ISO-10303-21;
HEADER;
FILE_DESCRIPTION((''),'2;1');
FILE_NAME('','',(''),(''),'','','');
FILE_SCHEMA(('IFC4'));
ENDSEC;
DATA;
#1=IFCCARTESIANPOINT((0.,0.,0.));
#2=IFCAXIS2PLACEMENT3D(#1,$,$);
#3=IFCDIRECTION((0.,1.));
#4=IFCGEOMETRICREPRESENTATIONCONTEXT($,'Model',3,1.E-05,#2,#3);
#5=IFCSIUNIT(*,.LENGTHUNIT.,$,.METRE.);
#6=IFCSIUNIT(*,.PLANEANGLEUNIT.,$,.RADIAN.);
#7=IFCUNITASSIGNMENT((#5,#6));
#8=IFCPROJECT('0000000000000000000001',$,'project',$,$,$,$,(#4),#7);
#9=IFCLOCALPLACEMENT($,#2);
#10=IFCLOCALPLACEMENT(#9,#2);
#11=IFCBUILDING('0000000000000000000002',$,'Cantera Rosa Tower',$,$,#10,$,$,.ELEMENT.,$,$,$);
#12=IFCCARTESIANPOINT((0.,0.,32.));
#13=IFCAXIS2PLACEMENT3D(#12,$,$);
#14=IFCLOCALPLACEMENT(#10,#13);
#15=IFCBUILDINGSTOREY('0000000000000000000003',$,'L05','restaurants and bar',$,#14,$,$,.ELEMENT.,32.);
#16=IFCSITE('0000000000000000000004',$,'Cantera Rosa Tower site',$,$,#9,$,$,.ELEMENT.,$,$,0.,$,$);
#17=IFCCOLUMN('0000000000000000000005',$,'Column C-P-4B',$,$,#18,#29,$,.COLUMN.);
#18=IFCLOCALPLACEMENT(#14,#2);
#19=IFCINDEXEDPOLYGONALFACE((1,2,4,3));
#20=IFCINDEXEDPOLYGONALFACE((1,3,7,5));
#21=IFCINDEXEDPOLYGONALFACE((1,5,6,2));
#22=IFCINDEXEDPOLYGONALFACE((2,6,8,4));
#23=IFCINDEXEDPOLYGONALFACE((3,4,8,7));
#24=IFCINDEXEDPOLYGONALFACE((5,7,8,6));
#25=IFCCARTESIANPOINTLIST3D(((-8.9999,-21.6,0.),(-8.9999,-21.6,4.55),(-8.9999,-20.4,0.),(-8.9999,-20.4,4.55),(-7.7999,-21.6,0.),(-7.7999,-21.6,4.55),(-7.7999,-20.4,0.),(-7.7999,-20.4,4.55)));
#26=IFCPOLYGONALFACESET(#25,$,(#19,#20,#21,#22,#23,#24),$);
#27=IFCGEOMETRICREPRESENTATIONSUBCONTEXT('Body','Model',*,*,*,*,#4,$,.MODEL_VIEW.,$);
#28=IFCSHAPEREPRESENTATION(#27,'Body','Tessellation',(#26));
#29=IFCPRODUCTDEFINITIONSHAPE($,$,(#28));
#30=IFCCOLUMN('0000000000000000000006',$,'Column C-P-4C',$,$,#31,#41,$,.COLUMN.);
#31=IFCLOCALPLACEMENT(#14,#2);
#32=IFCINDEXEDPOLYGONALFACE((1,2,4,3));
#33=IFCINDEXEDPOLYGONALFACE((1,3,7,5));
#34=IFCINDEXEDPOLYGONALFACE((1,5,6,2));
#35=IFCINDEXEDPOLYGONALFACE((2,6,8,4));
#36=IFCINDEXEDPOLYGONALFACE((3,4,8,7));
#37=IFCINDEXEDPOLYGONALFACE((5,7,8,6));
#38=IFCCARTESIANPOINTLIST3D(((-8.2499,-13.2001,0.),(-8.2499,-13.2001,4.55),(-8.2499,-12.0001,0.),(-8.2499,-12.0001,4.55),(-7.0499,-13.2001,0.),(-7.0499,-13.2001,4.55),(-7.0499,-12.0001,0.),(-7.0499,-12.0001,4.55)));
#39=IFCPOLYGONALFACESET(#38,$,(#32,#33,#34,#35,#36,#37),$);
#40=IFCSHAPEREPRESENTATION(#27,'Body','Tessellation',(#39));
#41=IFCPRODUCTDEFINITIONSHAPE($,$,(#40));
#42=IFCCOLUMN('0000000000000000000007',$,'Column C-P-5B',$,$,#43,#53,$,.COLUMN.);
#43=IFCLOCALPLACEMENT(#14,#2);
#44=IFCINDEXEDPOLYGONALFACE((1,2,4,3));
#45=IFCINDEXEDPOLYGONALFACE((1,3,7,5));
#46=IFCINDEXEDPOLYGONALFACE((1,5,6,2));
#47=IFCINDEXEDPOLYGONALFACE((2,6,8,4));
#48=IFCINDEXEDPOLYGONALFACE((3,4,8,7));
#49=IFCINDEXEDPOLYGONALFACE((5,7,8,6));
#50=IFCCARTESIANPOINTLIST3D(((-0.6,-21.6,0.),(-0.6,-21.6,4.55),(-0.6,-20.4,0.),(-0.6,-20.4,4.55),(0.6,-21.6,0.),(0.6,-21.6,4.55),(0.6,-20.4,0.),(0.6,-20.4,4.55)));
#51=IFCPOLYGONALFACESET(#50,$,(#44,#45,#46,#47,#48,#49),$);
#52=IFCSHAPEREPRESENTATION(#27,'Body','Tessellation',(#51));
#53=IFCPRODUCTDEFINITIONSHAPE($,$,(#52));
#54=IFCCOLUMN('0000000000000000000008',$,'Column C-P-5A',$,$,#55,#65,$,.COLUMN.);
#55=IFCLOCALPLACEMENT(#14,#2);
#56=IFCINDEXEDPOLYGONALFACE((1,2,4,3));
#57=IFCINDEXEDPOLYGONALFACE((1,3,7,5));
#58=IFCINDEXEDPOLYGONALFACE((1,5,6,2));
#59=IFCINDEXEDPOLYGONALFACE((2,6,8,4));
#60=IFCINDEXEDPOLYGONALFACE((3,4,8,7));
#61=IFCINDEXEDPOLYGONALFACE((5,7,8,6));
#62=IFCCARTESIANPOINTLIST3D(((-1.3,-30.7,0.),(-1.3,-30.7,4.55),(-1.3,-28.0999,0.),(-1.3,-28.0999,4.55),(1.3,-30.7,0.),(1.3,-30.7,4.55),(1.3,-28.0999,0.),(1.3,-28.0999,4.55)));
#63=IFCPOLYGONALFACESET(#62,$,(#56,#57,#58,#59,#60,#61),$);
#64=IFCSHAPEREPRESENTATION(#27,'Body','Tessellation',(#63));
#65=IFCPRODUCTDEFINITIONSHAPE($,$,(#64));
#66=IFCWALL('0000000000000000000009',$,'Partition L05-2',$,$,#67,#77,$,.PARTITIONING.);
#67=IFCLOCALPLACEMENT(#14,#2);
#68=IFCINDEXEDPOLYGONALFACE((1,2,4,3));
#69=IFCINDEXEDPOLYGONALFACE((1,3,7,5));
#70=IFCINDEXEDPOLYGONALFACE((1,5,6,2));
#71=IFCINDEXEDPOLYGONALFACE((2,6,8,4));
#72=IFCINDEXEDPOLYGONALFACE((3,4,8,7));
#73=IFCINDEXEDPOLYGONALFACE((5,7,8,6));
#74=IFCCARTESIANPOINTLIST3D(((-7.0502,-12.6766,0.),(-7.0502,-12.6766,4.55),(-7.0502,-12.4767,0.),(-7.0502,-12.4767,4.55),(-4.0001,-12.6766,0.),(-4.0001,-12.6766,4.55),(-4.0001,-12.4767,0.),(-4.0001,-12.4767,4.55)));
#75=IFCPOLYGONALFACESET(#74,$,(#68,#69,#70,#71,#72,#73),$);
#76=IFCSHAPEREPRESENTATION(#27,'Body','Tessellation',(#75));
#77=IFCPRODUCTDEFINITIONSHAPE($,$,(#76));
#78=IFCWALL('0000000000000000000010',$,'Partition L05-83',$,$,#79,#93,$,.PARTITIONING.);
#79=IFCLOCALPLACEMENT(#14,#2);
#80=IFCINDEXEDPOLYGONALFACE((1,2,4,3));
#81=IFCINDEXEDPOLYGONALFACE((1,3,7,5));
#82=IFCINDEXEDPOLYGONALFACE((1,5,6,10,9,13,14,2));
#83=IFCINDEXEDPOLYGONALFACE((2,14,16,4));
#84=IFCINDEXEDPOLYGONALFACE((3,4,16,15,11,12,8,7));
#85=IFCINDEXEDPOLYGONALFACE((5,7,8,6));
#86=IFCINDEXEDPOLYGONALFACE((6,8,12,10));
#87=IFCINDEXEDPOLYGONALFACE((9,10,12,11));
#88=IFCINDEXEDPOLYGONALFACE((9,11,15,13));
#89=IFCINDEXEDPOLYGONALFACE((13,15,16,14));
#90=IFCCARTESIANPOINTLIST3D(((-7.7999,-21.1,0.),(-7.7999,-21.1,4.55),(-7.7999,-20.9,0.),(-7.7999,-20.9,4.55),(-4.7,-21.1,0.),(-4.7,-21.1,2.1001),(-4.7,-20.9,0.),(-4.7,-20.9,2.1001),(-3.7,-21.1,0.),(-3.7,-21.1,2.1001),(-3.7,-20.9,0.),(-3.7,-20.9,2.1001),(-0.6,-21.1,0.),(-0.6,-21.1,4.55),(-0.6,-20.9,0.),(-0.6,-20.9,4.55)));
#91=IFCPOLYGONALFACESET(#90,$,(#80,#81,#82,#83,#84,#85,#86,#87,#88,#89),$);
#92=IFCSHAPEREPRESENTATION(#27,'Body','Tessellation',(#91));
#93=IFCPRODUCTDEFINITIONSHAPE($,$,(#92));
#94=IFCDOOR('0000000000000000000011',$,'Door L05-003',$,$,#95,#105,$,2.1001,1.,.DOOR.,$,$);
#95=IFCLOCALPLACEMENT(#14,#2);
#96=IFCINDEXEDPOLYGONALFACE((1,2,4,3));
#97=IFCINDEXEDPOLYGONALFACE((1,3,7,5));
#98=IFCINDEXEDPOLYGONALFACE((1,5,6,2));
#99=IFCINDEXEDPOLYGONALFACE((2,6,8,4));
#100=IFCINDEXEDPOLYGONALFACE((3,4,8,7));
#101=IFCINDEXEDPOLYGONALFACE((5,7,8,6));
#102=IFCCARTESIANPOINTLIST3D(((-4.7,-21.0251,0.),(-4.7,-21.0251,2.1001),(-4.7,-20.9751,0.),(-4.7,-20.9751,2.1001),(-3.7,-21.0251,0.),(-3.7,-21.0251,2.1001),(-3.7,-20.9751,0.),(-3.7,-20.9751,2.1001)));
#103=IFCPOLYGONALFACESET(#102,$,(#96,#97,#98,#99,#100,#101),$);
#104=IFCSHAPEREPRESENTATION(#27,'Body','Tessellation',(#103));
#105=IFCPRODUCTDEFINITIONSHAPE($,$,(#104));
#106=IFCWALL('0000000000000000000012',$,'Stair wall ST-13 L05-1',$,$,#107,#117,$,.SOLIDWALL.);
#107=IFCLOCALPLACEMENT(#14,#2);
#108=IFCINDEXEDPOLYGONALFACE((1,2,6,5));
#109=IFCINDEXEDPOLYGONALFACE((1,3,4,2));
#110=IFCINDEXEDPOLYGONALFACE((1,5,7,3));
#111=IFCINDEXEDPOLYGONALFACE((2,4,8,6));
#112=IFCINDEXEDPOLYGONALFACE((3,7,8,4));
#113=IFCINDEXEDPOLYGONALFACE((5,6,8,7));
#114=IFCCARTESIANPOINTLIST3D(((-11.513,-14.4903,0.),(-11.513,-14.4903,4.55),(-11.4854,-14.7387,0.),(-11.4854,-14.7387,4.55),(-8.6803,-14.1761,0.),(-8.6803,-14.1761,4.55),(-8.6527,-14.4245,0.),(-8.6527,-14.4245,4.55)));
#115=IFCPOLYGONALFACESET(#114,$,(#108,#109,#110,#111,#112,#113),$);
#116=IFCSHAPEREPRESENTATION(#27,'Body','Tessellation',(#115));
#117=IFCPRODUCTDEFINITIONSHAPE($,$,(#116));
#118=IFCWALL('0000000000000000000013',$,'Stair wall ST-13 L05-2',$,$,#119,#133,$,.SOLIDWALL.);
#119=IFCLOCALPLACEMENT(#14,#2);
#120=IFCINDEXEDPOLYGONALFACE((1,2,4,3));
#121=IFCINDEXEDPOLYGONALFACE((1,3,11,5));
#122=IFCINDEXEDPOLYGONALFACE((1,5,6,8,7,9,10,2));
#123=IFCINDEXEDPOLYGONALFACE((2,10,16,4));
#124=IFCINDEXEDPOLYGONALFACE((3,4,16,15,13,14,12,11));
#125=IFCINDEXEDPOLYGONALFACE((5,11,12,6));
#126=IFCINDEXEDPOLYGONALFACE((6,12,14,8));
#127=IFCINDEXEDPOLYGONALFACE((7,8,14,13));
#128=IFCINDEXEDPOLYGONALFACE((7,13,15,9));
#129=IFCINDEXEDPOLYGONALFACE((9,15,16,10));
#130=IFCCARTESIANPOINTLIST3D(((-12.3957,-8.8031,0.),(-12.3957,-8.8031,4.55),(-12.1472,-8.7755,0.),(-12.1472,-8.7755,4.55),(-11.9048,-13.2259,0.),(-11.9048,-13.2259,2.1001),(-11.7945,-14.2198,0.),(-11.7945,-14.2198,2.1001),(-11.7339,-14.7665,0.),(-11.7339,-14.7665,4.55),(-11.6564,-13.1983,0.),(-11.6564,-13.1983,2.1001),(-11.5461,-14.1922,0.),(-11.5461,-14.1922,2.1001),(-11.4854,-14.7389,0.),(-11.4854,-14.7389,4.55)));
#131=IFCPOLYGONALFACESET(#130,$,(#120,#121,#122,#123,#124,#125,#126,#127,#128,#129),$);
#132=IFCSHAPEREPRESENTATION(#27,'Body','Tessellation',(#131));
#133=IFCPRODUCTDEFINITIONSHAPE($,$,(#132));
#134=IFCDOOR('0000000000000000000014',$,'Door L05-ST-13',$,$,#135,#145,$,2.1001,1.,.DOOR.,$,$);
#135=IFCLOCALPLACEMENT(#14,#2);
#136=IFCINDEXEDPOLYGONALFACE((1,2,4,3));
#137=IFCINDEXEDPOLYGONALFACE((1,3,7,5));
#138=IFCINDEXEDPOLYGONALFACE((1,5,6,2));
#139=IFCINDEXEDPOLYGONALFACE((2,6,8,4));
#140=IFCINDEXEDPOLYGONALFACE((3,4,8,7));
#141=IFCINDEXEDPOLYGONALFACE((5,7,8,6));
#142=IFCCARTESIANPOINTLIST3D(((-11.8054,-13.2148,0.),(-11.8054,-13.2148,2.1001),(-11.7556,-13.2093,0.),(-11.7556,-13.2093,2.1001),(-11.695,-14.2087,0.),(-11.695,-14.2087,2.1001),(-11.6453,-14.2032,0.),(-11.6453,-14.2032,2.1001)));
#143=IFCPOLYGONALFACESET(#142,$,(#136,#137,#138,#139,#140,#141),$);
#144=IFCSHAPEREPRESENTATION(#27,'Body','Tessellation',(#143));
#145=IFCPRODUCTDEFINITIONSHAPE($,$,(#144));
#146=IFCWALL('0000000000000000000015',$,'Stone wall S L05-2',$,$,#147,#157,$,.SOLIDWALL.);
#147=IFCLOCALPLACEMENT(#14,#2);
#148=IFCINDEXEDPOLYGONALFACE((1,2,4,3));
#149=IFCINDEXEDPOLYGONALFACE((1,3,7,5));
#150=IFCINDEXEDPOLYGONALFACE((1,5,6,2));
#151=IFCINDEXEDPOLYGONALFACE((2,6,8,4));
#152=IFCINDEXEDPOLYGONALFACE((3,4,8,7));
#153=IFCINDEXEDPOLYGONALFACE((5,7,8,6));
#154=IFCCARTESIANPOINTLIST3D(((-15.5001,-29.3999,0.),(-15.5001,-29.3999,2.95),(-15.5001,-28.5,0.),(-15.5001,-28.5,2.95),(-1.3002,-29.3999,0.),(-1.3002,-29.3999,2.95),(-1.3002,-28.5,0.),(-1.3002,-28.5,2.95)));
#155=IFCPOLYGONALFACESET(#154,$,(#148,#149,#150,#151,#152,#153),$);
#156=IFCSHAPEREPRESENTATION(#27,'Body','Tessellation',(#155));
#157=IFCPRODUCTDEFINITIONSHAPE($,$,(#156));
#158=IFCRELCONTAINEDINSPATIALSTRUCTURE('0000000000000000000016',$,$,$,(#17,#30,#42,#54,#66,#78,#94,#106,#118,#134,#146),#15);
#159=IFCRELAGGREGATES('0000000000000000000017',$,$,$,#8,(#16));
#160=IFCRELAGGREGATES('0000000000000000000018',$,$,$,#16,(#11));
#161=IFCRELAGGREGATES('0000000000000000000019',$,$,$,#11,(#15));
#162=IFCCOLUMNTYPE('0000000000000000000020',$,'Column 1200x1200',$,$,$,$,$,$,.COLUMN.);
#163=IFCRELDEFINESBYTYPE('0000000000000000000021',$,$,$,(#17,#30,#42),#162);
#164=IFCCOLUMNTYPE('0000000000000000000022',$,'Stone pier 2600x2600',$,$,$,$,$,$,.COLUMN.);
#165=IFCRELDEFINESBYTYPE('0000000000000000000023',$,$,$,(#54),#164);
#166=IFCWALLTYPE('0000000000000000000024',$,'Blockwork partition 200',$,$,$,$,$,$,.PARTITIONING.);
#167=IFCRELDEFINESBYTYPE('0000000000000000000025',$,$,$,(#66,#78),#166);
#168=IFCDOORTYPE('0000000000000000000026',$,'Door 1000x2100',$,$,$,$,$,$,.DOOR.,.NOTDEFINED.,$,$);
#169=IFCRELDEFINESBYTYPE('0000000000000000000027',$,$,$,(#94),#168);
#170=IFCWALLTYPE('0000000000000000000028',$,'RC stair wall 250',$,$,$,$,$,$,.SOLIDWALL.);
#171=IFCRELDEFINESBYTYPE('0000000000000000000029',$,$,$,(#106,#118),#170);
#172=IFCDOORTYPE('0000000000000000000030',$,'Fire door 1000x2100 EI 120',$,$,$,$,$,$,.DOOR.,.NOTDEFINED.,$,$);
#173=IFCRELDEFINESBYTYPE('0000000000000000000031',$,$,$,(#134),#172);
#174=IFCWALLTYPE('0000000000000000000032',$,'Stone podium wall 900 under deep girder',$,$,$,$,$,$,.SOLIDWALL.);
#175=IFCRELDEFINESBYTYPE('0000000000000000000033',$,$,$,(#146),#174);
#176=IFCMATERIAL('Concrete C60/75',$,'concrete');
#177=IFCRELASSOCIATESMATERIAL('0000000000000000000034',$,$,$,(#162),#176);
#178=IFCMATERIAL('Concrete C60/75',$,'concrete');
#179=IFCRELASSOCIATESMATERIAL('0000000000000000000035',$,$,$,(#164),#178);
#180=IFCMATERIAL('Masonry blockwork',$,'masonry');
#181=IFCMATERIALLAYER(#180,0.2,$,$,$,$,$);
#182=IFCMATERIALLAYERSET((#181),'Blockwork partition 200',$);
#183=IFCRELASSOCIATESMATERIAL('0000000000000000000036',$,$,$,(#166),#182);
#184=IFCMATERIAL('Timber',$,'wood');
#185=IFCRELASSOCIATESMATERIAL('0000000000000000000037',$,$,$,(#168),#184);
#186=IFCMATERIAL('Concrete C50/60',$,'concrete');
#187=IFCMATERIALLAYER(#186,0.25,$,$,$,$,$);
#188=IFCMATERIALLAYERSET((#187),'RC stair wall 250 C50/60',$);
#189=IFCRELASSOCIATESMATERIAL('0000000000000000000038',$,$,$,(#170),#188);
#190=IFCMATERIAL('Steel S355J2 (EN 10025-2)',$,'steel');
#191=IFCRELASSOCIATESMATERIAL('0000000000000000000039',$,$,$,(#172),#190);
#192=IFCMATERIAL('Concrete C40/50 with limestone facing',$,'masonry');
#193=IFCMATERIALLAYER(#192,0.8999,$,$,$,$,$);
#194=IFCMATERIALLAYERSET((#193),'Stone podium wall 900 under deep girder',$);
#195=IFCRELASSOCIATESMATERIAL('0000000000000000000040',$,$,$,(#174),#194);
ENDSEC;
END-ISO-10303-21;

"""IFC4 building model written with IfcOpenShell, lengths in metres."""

from ifc_helpers import new_model, si_unit, direction, frame, frame_2d, origin, origin_2d, place, context, subcontext, project, spatial, rectangle, extrude, material, layer, layer_set, material_profile, profile_set, type_object, element, fill, save


model = new_model("IFC4")

# Units and contexts
model_context = context("Model", 3, precision=1e-05, world=origin(), true_north=direction((0.0, 1.0)))
body_context = subcontext(model_context, "Body", "Model", "MODEL_VIEW")
ifc_project = project(units=[si_unit("LENGTHUNIT", "METRE"), si_unit("PLANEANGLEUNIT", "RADIAN")], contexts=[model_context])

# Site, building, storey
site_placement = place(None, origin())
site = spatial("IfcSite", under=ifc_project, at=site_placement, Name="Cantera Rosa Tower site", CompositionType="ELEMENT", RefElevation=0.0)
building_placement = place(site_placement, origin())
building = spatial("IfcBuilding", under=site, at=building_placement, Name="Cantera Rosa Tower", CompositionType="ELEMENT")
storey_placement = place(building_placement, frame((0.0, 0.0, 32.0)))
storey = spatial("IfcBuildingStorey", under=building, at=storey_placement, Name="L05", Description="restaurants and bar", CompositionType="ELEMENT", Elevation=32.0)

# Columns
ifc_material_1 = material(Name="Concrete C60/75", Category="concrete")
ifc_material_profile_1 = material_profile(ifc_material_1, rectangle(XDim=1.2, YDim=1.2, at=origin_2d()), Name="Column 1200x1200")
ifc_profile_set_1 = profile_set([ifc_material_profile_1], Name="Concrete C60/75")
column_type_1 = type_object("IfcColumnType", Name="Column 1200x1200", PredefinedType="COLUMN", material=ifc_profile_set_1)
for number, where, z_axis, x_axis, name in (
    (1, (-8.3999, -21.0, 0.0), (0.0, 0.0, 1.0), (1.0, 0.0, 0.0), "Column C-P-4B"),
    (2, (-7.6499, -12.6001, 0.0), (0.0, 0.0, 1.0), (1.0, 0.0, 0.0), "Column C-P-4C"),
    (3, (0.0, -21.0, 0.0), (0.0, 0.0, 1.0), (1.0, 0.0, 0.0), "Column C-P-5B"),
):
    element("IfcColumn", number, at=place(storey_placement, frame(where, z_axis=z_axis, x_axis=x_axis)), inside=storey, type_object=column_type_1, Name=name, PredefinedType="COLUMN", context=body_context, shape_type="SweptSolid", body=[
        extrude(rectangle(XDim=1.2, YDim=1.2, at=origin_2d()), origin(), (0.0, 0.0, 1.0), 4.55),
    ])
ifc_material_2 = material(Name="Concrete C60/75", Category="concrete")
ifc_material_profile_2 = material_profile(ifc_material_2, rectangle(XDim=2.6001, YDim=2.6001, at=origin_2d()), Name="Stone pier 2600x2600")
ifc_profile_set_2 = profile_set([ifc_material_profile_2], Name="Concrete C60/75")
column_type_2 = type_object("IfcColumnType", Name="Stone pier 2600x2600", PredefinedType="COLUMN", material=ifc_profile_set_2)
column_placement = place(storey_placement, frame((0.0, -29.3999, 0.0), z_axis=(0.0, 0.0, 1.0), x_axis=(1.0, 0.0, 0.0)))
element("IfcColumn", 4, at=column_placement, inside=storey, type_object=column_type_2, Name="Column C-P-5A", PredefinedType="COLUMN", context=body_context, shape_type="SweptSolid", body=[
    extrude(rectangle(XDim=2.6001, YDim=2.6001, at=origin_2d()), origin(), (0.0, 0.0, 1.0), 4.55),
])

# Wall
ifc_material_3 = material(Name="Masonry blockwork", Category="masonry")
ifc_layer_1 = layer(ifc_material_3, 0.2)
ifc_layer_set_1 = layer_set([ifc_layer_1], Name="Blockwork partition 200")
wall_type_1 = type_object("IfcWallType", Name="Blockwork partition 200", PredefinedType="PARTITIONING", material=ifc_layer_set_1)
wall_1_placement = place(storey_placement, frame((-7.05, -12.5767, 0.0), z_axis=(0.0, 0.0, 1.0), x_axis=(1.0, 0.0, 0.0)))
element("IfcWall", 5, at=wall_1_placement, inside=storey, type_object=wall_type_1, Name="Partition L05-2", PredefinedType="PARTITIONING", context=body_context, shape_type="SweptSolid", body=[
    extrude(rectangle(XDim=3.05, YDim=0.2, at=frame_2d((1.5249, 0.0))), origin(), (0.0, 0.0, 1.0), 4.55),
])

# Wall, opening, door
wall_2_placement = place(storey_placement, frame((-7.8, -21.0, 0.0), z_axis=(0.0, 0.0, 1.0), x_axis=(1.0, 0.0, 0.0)))
wall_2 = element("IfcWall", 6, at=wall_2_placement, inside=storey, type_object=wall_type_1, Name="Partition L05-83", PredefinedType="PARTITIONING", context=body_context, shape_type="SweptSolid", body=[
    extrude(rectangle(XDim=7.2, YDim=0.2, at=frame_2d((3.6001, 0.0))), origin(), (0.0, 0.0, 1.0), 4.55),
])
opening_1_placement = place(wall_2_placement, frame((3.1001, 0.0, 0.0)))
opening_1 = element("IfcOpeningElement", 7, at=opening_1_placement, cuts=wall_2, PredefinedType="OPENING", context=body_context, shape_type="SweptSolid", body=[
    extrude(rectangle(XDim=1.0, YDim=2.1001, at=frame_2d((0.5, 1.05))), frame((0.0, 0.1099, 0.0), z_axis=(0.0, -1.0, 0.0), x_axis=(1.0, 0.0, 0.0)), (0.0, 0.0, 1.0), 0.22),
])
ifc_material_4 = material(Name="Timber", Category="wood")
door_type_1 = type_object("IfcDoorType", Name="Door 1000x2100", OperationType="NOTDEFINED", PredefinedType="DOOR", material=ifc_material_4)
door_1_placement = place(opening_1_placement, origin())
door_1 = element("IfcDoor", 8, at=door_1_placement, inside=storey, type_object=door_type_1, Name="Door L05-003", OverallHeight=2.1001, OverallWidth=1.0, PredefinedType="DOOR", context=body_context, shape_type="SweptSolid", body=[
    extrude(rectangle(XDim=1.0, YDim=2.1001, at=frame_2d((0.5, 1.05))), frame((0.0, 0.0249, 0.0), z_axis=(0.0, -1.0, 0.0), x_axis=(1.0, 0.0, 0.0)), (0.0, 0.0, 1.0), 0.05),
])
fill(opening_1, door_1)

# Wall
ifc_material_5 = material(Name="Concrete C50/60", Category="concrete")
ifc_layer_2 = layer(ifc_material_5, 0.25)
ifc_layer_set_2 = layer_set([ifc_layer_2], Name="RC stair wall 250 C50/60")
wall_type_2 = type_object("IfcWallType", Name="RC stair wall 250", PredefinedType="SOLIDWALL", material=ifc_layer_set_2)
wall_3_placement = place(storey_placement, frame((-8.6665, -14.3003, 0.0), z_axis=(0.0, 0.0, 1.0), x_axis=(-0.993905, -0.110243, 0.0)))
element("IfcWall", 9, at=wall_3_placement, inside=storey, type_object=wall_type_2, Name="Stair wall ST-13 L05-1", PredefinedType="SOLIDWALL", context=body_context, shape_type="SweptSolid", body=[
    extrude(rectangle(XDim=2.8501, YDim=0.25, at=frame_2d((1.425, 0.0))), origin(), (0.0, 0.0, 1.0), 4.55),
])

# Wall, opening, door
wall_4_placement = place(storey_placement, frame((-11.6096, -14.7527, 0.0), z_axis=(0.0, 0.0, 1.0), x_axis=(-0.110311, 0.993897, 0.0)))
wall_4 = element("IfcWall", 10, at=wall_4_placement, inside=storey, type_object=wall_type_2, Name="Stair wall ST-13 L05-2", PredefinedType="SOLIDWALL", context=body_context, shape_type="SweptSolid", body=[
    extrude(rectangle(XDim=6.0, YDim=0.25, at=frame_2d((3.0, 0.0))), origin(), (0.0, 0.0, 1.0), 4.55),
])
opening_2_placement = place(wall_4_placement, frame((0.55, 0.0, 0.0)))
opening_2 = element("IfcOpeningElement", 11, at=opening_2_placement, cuts=wall_4, PredefinedType="OPENING", context=body_context, shape_type="SweptSolid", body=[
    extrude(rectangle(XDim=1.0, YDim=2.1001, at=frame_2d((0.5, 1.05))), frame((0.0, 0.135, 0.0), z_axis=(0.0, -1.0, 0.0), x_axis=(1.0, 0.0, 0.0)), (0.0, 0.0, 1.0), 0.27),
])
ifc_material_6 = material(Name="Steel S355J2 (EN 10025-2)", Category="steel")
door_type_2 = type_object("IfcDoorType", Name="Fire door 1000x2100 EI 120", OperationType="NOTDEFINED", PredefinedType="DOOR", material=ifc_material_6)
door_2_placement = place(opening_2_placement, origin())
door_2 = element("IfcDoor", 12, at=door_2_placement, inside=storey, type_object=door_type_2, Name="Door L05-ST-13", OverallHeight=2.1001, OverallWidth=1.0, PredefinedType="DOOR", context=body_context, shape_type="SweptSolid", body=[
    extrude(rectangle(XDim=1.0, YDim=2.1001, at=frame_2d((0.5, 1.05))), frame((0.0, 0.0249, 0.0), z_axis=(0.0, -1.0, 0.0), x_axis=(1.0, 0.0, 0.0)), (0.0, 0.0, 1.0), 0.05),
])
fill(opening_2, door_2)

# Wall
ifc_material_7 = material(Name="Concrete C40/50 with limestone facing", Category="masonry")
ifc_layer_3 = layer(ifc_material_7, 0.8999)
ifc_layer_set_3 = layer_set([ifc_layer_3], Name="Stone podium wall 900 under deep girder")
wall_type_3 = type_object("IfcWallType", Name="Stone podium wall 900 under deep girder", PredefinedType="SOLIDWALL", material=ifc_layer_set_3)
wall_5_placement = place(storey_placement, frame((-1.3, -28.95, 0.0), z_axis=(0.0, 0.0, 1.0), x_axis=(-1.0, 0.0, 0.0)))
element("IfcWall", 13, at=wall_5_placement, inside=storey, type_object=wall_type_3, Name="Stone wall S L05-2", PredefinedType="SOLIDWALL", context=body_context, shape_type="SweptSolid", body=[
    extrude(rectangle(XDim=14.2, YDim=0.8999, at=frame_2d((7.1001, 0.0))), origin(), (0.0, 0.0, 1.0), 2.95),
])

save(model, "model.ifc")
